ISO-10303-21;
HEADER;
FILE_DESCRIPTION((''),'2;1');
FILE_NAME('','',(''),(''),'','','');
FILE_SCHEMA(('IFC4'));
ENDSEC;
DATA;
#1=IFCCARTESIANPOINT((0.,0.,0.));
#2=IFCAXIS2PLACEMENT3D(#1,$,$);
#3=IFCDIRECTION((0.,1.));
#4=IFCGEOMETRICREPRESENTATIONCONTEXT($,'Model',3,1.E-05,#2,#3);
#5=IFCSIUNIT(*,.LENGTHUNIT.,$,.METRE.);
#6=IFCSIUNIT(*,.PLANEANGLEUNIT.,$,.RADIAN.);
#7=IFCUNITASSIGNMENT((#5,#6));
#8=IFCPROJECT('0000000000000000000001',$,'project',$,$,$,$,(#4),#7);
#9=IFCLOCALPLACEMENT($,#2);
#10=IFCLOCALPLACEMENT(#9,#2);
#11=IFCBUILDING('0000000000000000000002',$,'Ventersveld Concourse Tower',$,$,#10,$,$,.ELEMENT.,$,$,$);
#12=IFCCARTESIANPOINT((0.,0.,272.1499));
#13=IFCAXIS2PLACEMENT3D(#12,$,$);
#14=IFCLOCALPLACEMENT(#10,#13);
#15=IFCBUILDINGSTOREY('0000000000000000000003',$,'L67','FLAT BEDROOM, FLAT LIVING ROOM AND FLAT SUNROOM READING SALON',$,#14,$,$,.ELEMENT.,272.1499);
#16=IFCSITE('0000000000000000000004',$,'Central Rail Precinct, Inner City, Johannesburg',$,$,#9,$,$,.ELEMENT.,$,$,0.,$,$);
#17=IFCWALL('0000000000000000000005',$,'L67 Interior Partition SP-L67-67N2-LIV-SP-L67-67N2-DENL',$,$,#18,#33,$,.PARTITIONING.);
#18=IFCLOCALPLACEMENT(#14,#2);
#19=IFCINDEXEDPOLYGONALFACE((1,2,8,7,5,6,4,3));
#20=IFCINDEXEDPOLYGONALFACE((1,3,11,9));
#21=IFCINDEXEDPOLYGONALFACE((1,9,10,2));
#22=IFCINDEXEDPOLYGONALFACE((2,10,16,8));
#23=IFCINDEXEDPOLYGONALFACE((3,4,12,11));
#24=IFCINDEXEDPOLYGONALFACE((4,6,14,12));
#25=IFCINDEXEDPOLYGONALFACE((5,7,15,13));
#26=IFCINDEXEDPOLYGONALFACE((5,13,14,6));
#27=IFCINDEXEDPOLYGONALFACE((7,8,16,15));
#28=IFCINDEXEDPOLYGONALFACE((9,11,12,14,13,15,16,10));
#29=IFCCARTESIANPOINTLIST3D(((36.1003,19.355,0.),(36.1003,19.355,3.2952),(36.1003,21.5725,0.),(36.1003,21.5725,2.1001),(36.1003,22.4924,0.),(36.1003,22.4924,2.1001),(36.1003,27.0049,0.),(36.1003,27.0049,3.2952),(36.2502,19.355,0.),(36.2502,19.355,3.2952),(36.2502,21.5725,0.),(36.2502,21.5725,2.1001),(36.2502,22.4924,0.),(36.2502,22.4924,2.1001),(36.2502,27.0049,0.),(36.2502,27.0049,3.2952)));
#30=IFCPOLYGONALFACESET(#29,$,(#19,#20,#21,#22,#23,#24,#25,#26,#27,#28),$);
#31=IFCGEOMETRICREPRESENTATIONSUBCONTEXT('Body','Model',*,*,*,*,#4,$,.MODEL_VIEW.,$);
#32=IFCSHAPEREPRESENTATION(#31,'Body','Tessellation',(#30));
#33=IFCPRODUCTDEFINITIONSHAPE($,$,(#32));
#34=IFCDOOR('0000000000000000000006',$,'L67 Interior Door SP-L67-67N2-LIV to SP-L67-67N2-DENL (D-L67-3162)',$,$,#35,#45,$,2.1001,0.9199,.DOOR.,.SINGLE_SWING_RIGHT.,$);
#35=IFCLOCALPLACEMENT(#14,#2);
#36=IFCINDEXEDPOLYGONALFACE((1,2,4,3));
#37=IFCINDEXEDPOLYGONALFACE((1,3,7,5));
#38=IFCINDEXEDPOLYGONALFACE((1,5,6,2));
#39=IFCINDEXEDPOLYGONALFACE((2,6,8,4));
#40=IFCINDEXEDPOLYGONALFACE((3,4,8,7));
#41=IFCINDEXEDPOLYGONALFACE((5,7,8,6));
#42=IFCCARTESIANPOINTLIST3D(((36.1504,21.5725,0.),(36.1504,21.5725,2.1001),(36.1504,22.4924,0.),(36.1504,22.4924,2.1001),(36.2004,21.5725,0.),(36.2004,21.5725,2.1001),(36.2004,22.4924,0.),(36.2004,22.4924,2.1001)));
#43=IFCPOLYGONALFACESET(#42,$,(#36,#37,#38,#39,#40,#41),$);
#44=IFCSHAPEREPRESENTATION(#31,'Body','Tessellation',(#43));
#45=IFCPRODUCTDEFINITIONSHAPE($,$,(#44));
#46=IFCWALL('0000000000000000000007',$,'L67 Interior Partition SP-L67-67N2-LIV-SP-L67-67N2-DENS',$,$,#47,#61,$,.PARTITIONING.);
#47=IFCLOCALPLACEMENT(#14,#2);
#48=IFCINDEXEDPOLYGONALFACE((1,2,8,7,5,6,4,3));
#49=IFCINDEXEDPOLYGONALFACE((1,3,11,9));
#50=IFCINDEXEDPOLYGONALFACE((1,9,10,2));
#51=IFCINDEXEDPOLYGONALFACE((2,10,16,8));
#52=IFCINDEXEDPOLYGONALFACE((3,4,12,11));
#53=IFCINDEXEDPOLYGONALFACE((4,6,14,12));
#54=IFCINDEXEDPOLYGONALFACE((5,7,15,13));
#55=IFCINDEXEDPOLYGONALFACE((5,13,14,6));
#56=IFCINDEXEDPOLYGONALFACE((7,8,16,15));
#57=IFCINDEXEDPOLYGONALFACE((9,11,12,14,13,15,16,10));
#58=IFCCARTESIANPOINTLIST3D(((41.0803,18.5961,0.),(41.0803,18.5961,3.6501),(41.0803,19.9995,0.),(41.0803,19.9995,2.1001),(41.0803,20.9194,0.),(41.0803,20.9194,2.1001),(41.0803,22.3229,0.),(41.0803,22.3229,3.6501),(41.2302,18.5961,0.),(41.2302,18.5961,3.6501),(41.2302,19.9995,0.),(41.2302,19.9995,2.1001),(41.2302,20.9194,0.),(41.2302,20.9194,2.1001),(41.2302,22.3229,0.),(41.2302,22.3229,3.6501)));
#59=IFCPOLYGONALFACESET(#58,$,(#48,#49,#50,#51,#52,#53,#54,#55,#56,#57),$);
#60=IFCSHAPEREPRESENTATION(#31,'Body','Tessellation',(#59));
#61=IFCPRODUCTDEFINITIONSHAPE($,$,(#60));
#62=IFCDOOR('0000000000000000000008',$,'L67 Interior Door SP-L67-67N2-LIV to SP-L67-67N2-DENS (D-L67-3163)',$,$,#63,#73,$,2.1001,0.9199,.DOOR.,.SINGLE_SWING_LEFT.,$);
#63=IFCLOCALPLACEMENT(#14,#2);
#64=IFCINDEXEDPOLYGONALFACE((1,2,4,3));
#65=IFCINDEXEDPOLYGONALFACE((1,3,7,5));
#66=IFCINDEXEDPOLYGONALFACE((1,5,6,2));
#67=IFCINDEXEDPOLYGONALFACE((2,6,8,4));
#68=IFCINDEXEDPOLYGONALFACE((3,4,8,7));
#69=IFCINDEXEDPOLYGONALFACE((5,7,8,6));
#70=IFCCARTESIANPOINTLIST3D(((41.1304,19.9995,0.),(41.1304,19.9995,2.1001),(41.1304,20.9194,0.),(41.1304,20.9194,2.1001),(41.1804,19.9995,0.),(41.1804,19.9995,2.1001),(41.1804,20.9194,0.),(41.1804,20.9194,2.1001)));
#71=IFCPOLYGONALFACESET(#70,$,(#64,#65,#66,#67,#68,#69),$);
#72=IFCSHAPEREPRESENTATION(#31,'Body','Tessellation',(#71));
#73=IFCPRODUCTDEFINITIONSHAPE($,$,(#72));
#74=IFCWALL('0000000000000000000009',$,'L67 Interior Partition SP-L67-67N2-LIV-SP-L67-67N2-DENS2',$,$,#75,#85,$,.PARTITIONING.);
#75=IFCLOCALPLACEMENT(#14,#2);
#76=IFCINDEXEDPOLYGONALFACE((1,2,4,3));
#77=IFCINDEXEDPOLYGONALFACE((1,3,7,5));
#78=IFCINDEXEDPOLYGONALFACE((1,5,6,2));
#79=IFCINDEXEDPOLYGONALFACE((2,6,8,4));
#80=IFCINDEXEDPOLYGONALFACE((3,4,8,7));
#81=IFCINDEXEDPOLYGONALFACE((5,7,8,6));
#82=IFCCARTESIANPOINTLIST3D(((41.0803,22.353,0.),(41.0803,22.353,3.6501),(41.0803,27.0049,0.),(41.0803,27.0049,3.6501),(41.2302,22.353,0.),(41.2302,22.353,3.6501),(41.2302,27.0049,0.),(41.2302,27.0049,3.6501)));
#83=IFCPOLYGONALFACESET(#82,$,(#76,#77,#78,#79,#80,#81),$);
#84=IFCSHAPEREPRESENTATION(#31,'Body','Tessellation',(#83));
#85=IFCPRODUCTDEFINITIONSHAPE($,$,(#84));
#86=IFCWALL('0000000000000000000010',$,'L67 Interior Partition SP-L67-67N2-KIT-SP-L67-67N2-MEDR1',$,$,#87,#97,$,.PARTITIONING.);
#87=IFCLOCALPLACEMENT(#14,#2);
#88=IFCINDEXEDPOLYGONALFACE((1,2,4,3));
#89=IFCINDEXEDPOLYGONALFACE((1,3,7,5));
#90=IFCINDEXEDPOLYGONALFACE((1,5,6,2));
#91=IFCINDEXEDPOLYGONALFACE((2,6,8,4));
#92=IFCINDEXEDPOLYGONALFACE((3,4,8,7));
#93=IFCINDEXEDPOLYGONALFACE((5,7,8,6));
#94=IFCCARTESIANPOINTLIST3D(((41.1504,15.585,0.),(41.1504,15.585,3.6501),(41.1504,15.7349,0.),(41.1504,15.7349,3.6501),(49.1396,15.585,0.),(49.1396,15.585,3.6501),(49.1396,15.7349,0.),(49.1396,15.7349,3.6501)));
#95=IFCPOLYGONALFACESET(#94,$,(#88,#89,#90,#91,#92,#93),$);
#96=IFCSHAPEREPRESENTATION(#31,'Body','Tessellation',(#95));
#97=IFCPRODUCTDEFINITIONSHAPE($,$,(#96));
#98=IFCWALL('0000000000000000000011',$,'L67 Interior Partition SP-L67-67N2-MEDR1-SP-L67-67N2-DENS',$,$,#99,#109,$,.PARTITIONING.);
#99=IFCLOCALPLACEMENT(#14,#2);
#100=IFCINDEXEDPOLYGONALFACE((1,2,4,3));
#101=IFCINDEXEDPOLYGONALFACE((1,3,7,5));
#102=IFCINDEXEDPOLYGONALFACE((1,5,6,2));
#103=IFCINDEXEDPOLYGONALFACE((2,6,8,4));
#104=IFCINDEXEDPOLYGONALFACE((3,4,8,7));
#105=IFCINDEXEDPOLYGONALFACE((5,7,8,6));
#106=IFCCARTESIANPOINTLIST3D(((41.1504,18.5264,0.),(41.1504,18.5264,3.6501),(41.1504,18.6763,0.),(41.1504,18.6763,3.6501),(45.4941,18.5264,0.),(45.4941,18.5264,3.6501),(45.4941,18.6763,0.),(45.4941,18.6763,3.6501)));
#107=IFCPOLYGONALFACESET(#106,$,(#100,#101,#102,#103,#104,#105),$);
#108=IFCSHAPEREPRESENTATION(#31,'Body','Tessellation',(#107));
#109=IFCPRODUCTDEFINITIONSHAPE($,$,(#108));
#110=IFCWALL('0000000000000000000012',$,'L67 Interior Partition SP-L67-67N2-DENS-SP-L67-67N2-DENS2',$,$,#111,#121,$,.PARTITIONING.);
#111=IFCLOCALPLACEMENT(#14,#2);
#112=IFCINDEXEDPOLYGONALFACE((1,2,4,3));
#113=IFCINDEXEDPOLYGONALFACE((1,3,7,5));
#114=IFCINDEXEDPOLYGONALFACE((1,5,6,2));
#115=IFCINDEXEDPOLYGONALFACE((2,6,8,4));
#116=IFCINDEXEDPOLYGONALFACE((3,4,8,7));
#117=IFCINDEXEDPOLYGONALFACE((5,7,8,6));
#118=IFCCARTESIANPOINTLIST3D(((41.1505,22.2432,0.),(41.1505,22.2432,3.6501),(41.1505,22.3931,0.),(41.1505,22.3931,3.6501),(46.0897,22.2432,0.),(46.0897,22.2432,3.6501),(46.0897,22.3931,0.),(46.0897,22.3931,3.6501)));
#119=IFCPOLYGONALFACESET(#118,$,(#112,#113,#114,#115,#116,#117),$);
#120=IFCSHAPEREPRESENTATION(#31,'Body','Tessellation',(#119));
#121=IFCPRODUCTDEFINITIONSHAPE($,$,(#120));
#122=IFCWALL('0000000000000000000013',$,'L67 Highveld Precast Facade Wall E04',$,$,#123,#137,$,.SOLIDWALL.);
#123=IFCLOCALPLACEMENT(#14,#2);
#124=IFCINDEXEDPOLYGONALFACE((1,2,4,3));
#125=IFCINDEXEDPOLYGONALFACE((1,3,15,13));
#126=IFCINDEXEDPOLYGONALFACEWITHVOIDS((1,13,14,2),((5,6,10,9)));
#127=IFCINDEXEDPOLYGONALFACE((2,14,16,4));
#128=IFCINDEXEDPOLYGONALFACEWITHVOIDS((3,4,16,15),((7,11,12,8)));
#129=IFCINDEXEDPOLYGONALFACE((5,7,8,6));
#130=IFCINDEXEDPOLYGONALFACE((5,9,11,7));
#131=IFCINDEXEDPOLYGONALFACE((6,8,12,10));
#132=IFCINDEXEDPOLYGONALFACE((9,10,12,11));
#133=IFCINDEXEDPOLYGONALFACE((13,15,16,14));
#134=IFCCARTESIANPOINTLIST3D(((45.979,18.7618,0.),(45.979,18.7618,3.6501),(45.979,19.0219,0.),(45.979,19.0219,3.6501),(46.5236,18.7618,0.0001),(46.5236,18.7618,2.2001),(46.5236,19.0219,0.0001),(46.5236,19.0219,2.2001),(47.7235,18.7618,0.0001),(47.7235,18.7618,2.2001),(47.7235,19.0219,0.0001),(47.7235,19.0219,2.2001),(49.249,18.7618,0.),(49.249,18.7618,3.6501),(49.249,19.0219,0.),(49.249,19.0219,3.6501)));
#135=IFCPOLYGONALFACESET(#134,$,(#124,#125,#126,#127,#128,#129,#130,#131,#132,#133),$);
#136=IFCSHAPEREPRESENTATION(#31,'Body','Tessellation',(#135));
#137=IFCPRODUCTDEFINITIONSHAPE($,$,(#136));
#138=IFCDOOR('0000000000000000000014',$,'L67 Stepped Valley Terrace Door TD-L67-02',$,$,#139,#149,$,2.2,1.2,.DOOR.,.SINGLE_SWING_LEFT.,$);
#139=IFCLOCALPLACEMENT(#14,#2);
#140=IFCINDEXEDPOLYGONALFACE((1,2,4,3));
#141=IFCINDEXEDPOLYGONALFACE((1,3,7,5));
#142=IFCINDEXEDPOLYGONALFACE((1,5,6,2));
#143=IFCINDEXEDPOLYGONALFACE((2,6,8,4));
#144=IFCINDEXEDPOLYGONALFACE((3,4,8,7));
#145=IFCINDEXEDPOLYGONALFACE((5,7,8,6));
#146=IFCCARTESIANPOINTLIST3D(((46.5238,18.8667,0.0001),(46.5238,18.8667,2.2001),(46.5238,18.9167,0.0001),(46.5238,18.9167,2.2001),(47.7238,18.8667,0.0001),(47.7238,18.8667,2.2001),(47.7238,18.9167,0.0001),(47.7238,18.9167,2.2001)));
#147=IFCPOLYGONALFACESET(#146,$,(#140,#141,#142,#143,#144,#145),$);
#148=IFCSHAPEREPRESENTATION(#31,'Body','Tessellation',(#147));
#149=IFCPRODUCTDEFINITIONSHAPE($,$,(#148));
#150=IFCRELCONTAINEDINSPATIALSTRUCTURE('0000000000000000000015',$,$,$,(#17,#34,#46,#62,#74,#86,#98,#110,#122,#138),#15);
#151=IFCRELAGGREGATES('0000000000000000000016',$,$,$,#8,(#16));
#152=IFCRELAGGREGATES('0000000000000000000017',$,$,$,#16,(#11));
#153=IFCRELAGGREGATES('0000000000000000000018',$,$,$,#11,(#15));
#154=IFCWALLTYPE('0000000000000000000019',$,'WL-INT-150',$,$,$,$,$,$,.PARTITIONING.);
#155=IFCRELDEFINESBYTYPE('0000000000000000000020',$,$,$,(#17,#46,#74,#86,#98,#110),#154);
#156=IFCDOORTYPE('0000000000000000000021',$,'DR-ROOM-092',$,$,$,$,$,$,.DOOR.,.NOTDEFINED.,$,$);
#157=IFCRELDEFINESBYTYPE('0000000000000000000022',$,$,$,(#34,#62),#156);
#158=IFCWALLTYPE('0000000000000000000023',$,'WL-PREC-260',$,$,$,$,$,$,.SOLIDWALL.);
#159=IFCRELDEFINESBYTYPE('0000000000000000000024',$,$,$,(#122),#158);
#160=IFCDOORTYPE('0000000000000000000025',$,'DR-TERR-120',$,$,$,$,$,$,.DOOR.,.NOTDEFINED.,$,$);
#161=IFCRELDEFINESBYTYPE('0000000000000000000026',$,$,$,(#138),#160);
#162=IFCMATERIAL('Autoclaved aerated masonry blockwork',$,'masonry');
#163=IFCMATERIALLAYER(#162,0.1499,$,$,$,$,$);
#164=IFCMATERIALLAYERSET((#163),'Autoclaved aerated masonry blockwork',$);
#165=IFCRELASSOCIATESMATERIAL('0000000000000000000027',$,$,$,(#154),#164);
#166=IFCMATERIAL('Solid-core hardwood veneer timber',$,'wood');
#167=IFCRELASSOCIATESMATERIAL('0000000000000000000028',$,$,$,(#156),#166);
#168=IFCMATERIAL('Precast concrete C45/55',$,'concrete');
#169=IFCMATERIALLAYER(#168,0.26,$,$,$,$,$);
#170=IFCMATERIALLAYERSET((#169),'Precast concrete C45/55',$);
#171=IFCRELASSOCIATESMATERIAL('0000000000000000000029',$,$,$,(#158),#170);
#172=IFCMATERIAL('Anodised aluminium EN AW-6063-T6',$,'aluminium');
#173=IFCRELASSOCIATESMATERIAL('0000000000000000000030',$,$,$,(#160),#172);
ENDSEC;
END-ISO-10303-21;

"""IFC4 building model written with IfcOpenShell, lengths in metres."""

from ifc_helpers import new_model, si_unit, direction, frame, frame_2d, origin, place, context, subcontext, project, spatial, rectangle, extrude, material, layer, layer_set, type_object, element, fill, save


model = new_model("IFC4")

# Units and contexts
model_context = context("Model", 3, precision=1e-05, world=origin(), true_north=direction((0.0, 1.0)))
body_context = subcontext(model_context, "Body", "Model", "MODEL_VIEW")
ifc_project = project(units=[si_unit("LENGTHUNIT", "METRE"), si_unit("PLANEANGLEUNIT", "RADIAN")], contexts=[model_context])

# Site, building, storey
site_placement = place(None, origin())
site = spatial("IfcSite", under=ifc_project, at=site_placement, Name="Central Rail Precinct, Inner City, Johannesburg", CompositionType="ELEMENT", RefElevation=0.0)
building_placement = place(site_placement, origin())
building = spatial("IfcBuilding", under=site, at=building_placement, Name="Ventersveld Concourse Tower", CompositionType="ELEMENT")
storey_placement = place(building_placement, frame((0.0, 0.0, 272.1499)))
storey = spatial("IfcBuildingStorey", under=building, at=storey_placement, Name="L67", Description="FLAT BEDROOM, FLAT LIVING ROOM AND FLAT SUNROOM READING SALON", CompositionType="ELEMENT", Elevation=272.1499)

# Shared definitions
ifc_material_1 = material(Name="Autoclaved aerated masonry blockwork", Category="masonry")
ifc_layer_1 = layer(ifc_material_1, 0.1499)
ifc_layer_set_1 = layer_set([ifc_layer_1], Name="Autoclaved aerated masonry blockwork")
wall_type_1 = type_object("IfcWallType", Name="WL-INT-150", PredefinedType="PARTITIONING", material=ifc_layer_set_1)

# Shared definitions
ifc_material_2 = material(Name="Solid-core hardwood veneer timber", Category="wood")
door_type_1 = type_object("IfcDoorType", Name="DR-ROOM-092", OperationType="NOTDEFINED", PredefinedType="DOOR", material=ifc_material_2)

# Walls, openings, doors
wall_1_placement = place(storey_placement, frame((36.1753, 19.355, 0.0), z_axis=(0.0, 0.0, 1.0), x_axis=(0.0, 1.0, 0.0)))
wall_1 = element("IfcWall", 1, at=wall_1_placement, inside=storey, type_object=wall_type_1, Name="L67 Interior Partition SP-L67-67N2-LIV-SP-L67-67N2-DENL", PredefinedType="PARTITIONING", context=body_context, shape_type="SweptSolid", body=[
    extrude(rectangle(XDim=7.6499, YDim=0.1499, at=frame_2d((3.825, 0.0))), origin(), (0.0, 0.0, 1.0), 3.2952),
])
opening_1_placement = place(wall_1_placement, frame((2.2175, 0.0, 0.0)))
opening_1 = element("IfcOpeningElement", 2, at=opening_1_placement, cuts=wall_1, PredefinedType="OPENING", context=body_context, shape_type="SweptSolid", body=[
    extrude(rectangle(XDim=0.9199, YDim=2.1001, at=frame_2d((0.46, 1.05))), frame((0.0, 0.085, 0.0), z_axis=(0.0, -1.0, 0.0), x_axis=(1.0, 0.0, 0.0)), (0.0, 0.0, 1.0), 0.1699),
])
door_1_placement = place(opening_1_placement, origin())
door_1 = element("IfcDoor", 3, at=door_1_placement, inside=storey, type_object=door_type_1, Name="L67 Interior Door SP-L67-67N2-LIV to SP-L67-67N2-DENL (D-L67-3162)", OperationType="SINGLE_SWING_RIGHT", OverallHeight=2.1001, OverallWidth=0.9199, PredefinedType="DOOR", context=body_context, shape_type="SweptSolid", body=[
    extrude(rectangle(XDim=0.9199, YDim=2.1001, at=frame_2d((0.46, 1.05))), frame((0.0, 0.0249, 0.0), z_axis=(0.0, -1.0, 0.0), x_axis=(1.0, 0.0, 0.0)), (0.0, 0.0, 1.0), 0.05),
])
fill(opening_1, door_1)
wall_2_placement = place(storey_placement, frame((41.1553, 18.5962, 0.0), z_axis=(0.0, 0.0, 1.0), x_axis=(0.0, 1.0, 0.0)))
wall_2 = element("IfcWall", 4, at=wall_2_placement, inside=storey, type_object=wall_type_1, Name="L67 Interior Partition SP-L67-67N2-LIV-SP-L67-67N2-DENS", PredefinedType="PARTITIONING", context=body_context, shape_type="SweptSolid", body=[
    extrude(rectangle(XDim=3.7268, YDim=0.1499, at=frame_2d((1.8633, 0.0))), origin(), (0.0, 0.0, 1.0), 3.6501),
])
opening_2_placement = place(wall_2_placement, frame((1.4033, 0.0, 0.0)))
opening_2 = element("IfcOpeningElement", 5, at=opening_2_placement, cuts=wall_2, PredefinedType="OPENING", context=body_context, shape_type="SweptSolid", body=[
    extrude(rectangle(XDim=0.9199, YDim=2.1001, at=frame_2d((0.46, 1.05))), frame((0.0, 0.085, 0.0), z_axis=(0.0, -1.0, 0.0), x_axis=(1.0, 0.0, 0.0)), (0.0, 0.0, 1.0), 0.1699),
])
door_2_placement = place(opening_2_placement, origin())
door_2 = element("IfcDoor", 6, at=door_2_placement, inside=storey, type_object=door_type_1, Name="L67 Interior Door SP-L67-67N2-LIV to SP-L67-67N2-DENS (D-L67-3163)", OperationType="SINGLE_SWING_LEFT", OverallHeight=2.1001, OverallWidth=0.9199, PredefinedType="DOOR", context=body_context, shape_type="SweptSolid", body=[
    extrude(rectangle(XDim=0.9199, YDim=2.1001, at=frame_2d((0.46, 1.05))), frame((0.0, 0.0249, 0.0), z_axis=(0.0, -1.0, 0.0), x_axis=(1.0, 0.0, 0.0)), (0.0, 0.0, 1.0), 0.05),
])
fill(opening_2, door_2)

# Walls
wall_3_placement = place(storey_placement, frame((41.1553, 22.353, 0.0), z_axis=(0.0, 0.0, 1.0), x_axis=(0.0, 1.0, 0.0)))
element("IfcWall", 7, at=wall_3_placement, inside=storey, type_object=wall_type_1, Name="L67 Interior Partition SP-L67-67N2-LIV-SP-L67-67N2-DENS2", PredefinedType="PARTITIONING", context=body_context, shape_type="SweptSolid", body=[
    extrude(rectangle(XDim=4.6519, YDim=0.1499, at=frame_2d((2.3259, 0.0))), origin(), (0.0, 0.0, 1.0), 3.6501),
])
wall_4_placement = place(storey_placement, frame((41.1504, 15.6599, 0.0), z_axis=(0.0, 0.0, 1.0), x_axis=(1.0, 0.0, 0.0)))
element("IfcWall", 8, at=wall_4_placement, inside=storey, type_object=wall_type_1, Name="L67 Interior Partition SP-L67-67N2-KIT-SP-L67-67N2-MEDR1", PredefinedType="PARTITIONING", context=body_context, shape_type="SweptSolid", body=[
    extrude(rectangle(XDim=7.9893, YDim=0.1499, at=frame_2d((3.9946, 0.0))), origin(), (0.0, 0.0, 1.0), 3.6501),
])
wall_5_placement = place(storey_placement, frame((41.1504, 18.6013, 0.0), z_axis=(0.0, 0.0, 1.0), x_axis=(1.0, 0.0, 0.0)))
element("IfcWall", 9, at=wall_5_placement, inside=storey, type_object=wall_type_1, Name="L67 Interior Partition SP-L67-67N2-MEDR1-SP-L67-67N2-DENS", PredefinedType="PARTITIONING", context=body_context, shape_type="SweptSolid", body=[
    extrude(rectangle(XDim=4.3438, YDim=0.1499, at=frame_2d((2.1719, 0.0))), origin(), (0.0, 0.0, 1.0), 3.6501),
])
wall_6_placement = place(storey_placement, frame((41.1504, 22.3181, 0.0), z_axis=(0.0, 0.0, 1.0), x_axis=(1.0, 0.0, 0.0)))
element("IfcWall", 10, at=wall_6_placement, inside=storey, type_object=wall_type_1, Name="L67 Interior Partition SP-L67-67N2-DENS-SP-L67-67N2-DENS2", PredefinedType="PARTITIONING", context=body_context, shape_type="SweptSolid", body=[
    extrude(rectangle(XDim=4.9392, YDim=0.1499, at=frame_2d((2.4697, 0.0))), origin(), (0.0, 0.0, 1.0), 3.6501),
])

# Wall, opening, door
ifc_material_3 = material(Name="Precast concrete C45/55", Category="concrete")
ifc_layer_2 = layer(ifc_material_3, 0.26)
ifc_layer_set_2 = layer_set([ifc_layer_2], Name="Precast concrete C45/55")
wall_type_2 = type_object("IfcWallType", Name="WL-PREC-260", PredefinedType="SOLIDWALL", material=ifc_layer_set_2)
wall_7_placement = place(storey_placement, frame((49.249, 18.8918, 0.0), z_axis=(0.0, 0.0, 1.0), x_axis=(-1.0, 0.0, 0.0)))
wall_7 = element("IfcWall", 11, at=wall_7_placement, inside=storey, type_object=wall_type_2, Name="L67 Highveld Precast Facade Wall E04", PredefinedType="SOLIDWALL", context=body_context, shape_type="SweptSolid", body=[
    extrude(rectangle(XDim=3.27, YDim=0.26, at=frame_2d((1.635, 0.0))), origin(), (0.0, 0.0, 1.0), 3.6501),
])
opening_3_placement = place(wall_7_placement, frame((1.5254, 0.0, 0.0)))
opening_3 = element("IfcOpeningElement", 12, at=opening_3_placement, cuts=wall_7, PredefinedType="OPENING", context=body_context, shape_type="SweptSolid", body=[
    extrude(rectangle(XDim=1.2, YDim=2.2, at=frame_2d((0.6001, 1.1001))), frame((0.0, 0.1401, 0.0), z_axis=(0.0, -1.0, 0.0), x_axis=(1.0, 0.0, 0.0)), (0.0, 0.0, 1.0), 0.28),
])
ifc_material_4 = material(Name="Anodised aluminium EN AW-6063-T6", Category="aluminium")
door_type_2 = type_object("IfcDoorType", Name="DR-TERR-120", OperationType="NOTDEFINED", PredefinedType="DOOR", material=ifc_material_4)
door_3_placement = place(opening_3_placement, frame((1.2, 0.0, 0.0), z_axis=(0.0, 0.0, 1.0), x_axis=(-1.0, 0.0, 0.0)))
door_3 = element("IfcDoor", 13, at=door_3_placement, inside=storey, type_object=door_type_2, Name="L67 Stepped Valley Terrace Door TD-L67-02", OperationType="SINGLE_SWING_LEFT", OverallHeight=2.2, OverallWidth=1.2, PredefinedType="DOOR", context=body_context, shape_type="SweptSolid", body=[
    extrude(rectangle(XDim=1.2, YDim=2.2, at=frame_2d((0.6001, 1.1001))), frame((0.0, 0.0249, 0.0), z_axis=(0.0, -1.0, 0.0), x_axis=(1.0, 0.0, 0.0)), (0.0, 0.0, 1.0), 0.05),
])
fill(opening_3, door_3)

save(model, "model.ifc")
